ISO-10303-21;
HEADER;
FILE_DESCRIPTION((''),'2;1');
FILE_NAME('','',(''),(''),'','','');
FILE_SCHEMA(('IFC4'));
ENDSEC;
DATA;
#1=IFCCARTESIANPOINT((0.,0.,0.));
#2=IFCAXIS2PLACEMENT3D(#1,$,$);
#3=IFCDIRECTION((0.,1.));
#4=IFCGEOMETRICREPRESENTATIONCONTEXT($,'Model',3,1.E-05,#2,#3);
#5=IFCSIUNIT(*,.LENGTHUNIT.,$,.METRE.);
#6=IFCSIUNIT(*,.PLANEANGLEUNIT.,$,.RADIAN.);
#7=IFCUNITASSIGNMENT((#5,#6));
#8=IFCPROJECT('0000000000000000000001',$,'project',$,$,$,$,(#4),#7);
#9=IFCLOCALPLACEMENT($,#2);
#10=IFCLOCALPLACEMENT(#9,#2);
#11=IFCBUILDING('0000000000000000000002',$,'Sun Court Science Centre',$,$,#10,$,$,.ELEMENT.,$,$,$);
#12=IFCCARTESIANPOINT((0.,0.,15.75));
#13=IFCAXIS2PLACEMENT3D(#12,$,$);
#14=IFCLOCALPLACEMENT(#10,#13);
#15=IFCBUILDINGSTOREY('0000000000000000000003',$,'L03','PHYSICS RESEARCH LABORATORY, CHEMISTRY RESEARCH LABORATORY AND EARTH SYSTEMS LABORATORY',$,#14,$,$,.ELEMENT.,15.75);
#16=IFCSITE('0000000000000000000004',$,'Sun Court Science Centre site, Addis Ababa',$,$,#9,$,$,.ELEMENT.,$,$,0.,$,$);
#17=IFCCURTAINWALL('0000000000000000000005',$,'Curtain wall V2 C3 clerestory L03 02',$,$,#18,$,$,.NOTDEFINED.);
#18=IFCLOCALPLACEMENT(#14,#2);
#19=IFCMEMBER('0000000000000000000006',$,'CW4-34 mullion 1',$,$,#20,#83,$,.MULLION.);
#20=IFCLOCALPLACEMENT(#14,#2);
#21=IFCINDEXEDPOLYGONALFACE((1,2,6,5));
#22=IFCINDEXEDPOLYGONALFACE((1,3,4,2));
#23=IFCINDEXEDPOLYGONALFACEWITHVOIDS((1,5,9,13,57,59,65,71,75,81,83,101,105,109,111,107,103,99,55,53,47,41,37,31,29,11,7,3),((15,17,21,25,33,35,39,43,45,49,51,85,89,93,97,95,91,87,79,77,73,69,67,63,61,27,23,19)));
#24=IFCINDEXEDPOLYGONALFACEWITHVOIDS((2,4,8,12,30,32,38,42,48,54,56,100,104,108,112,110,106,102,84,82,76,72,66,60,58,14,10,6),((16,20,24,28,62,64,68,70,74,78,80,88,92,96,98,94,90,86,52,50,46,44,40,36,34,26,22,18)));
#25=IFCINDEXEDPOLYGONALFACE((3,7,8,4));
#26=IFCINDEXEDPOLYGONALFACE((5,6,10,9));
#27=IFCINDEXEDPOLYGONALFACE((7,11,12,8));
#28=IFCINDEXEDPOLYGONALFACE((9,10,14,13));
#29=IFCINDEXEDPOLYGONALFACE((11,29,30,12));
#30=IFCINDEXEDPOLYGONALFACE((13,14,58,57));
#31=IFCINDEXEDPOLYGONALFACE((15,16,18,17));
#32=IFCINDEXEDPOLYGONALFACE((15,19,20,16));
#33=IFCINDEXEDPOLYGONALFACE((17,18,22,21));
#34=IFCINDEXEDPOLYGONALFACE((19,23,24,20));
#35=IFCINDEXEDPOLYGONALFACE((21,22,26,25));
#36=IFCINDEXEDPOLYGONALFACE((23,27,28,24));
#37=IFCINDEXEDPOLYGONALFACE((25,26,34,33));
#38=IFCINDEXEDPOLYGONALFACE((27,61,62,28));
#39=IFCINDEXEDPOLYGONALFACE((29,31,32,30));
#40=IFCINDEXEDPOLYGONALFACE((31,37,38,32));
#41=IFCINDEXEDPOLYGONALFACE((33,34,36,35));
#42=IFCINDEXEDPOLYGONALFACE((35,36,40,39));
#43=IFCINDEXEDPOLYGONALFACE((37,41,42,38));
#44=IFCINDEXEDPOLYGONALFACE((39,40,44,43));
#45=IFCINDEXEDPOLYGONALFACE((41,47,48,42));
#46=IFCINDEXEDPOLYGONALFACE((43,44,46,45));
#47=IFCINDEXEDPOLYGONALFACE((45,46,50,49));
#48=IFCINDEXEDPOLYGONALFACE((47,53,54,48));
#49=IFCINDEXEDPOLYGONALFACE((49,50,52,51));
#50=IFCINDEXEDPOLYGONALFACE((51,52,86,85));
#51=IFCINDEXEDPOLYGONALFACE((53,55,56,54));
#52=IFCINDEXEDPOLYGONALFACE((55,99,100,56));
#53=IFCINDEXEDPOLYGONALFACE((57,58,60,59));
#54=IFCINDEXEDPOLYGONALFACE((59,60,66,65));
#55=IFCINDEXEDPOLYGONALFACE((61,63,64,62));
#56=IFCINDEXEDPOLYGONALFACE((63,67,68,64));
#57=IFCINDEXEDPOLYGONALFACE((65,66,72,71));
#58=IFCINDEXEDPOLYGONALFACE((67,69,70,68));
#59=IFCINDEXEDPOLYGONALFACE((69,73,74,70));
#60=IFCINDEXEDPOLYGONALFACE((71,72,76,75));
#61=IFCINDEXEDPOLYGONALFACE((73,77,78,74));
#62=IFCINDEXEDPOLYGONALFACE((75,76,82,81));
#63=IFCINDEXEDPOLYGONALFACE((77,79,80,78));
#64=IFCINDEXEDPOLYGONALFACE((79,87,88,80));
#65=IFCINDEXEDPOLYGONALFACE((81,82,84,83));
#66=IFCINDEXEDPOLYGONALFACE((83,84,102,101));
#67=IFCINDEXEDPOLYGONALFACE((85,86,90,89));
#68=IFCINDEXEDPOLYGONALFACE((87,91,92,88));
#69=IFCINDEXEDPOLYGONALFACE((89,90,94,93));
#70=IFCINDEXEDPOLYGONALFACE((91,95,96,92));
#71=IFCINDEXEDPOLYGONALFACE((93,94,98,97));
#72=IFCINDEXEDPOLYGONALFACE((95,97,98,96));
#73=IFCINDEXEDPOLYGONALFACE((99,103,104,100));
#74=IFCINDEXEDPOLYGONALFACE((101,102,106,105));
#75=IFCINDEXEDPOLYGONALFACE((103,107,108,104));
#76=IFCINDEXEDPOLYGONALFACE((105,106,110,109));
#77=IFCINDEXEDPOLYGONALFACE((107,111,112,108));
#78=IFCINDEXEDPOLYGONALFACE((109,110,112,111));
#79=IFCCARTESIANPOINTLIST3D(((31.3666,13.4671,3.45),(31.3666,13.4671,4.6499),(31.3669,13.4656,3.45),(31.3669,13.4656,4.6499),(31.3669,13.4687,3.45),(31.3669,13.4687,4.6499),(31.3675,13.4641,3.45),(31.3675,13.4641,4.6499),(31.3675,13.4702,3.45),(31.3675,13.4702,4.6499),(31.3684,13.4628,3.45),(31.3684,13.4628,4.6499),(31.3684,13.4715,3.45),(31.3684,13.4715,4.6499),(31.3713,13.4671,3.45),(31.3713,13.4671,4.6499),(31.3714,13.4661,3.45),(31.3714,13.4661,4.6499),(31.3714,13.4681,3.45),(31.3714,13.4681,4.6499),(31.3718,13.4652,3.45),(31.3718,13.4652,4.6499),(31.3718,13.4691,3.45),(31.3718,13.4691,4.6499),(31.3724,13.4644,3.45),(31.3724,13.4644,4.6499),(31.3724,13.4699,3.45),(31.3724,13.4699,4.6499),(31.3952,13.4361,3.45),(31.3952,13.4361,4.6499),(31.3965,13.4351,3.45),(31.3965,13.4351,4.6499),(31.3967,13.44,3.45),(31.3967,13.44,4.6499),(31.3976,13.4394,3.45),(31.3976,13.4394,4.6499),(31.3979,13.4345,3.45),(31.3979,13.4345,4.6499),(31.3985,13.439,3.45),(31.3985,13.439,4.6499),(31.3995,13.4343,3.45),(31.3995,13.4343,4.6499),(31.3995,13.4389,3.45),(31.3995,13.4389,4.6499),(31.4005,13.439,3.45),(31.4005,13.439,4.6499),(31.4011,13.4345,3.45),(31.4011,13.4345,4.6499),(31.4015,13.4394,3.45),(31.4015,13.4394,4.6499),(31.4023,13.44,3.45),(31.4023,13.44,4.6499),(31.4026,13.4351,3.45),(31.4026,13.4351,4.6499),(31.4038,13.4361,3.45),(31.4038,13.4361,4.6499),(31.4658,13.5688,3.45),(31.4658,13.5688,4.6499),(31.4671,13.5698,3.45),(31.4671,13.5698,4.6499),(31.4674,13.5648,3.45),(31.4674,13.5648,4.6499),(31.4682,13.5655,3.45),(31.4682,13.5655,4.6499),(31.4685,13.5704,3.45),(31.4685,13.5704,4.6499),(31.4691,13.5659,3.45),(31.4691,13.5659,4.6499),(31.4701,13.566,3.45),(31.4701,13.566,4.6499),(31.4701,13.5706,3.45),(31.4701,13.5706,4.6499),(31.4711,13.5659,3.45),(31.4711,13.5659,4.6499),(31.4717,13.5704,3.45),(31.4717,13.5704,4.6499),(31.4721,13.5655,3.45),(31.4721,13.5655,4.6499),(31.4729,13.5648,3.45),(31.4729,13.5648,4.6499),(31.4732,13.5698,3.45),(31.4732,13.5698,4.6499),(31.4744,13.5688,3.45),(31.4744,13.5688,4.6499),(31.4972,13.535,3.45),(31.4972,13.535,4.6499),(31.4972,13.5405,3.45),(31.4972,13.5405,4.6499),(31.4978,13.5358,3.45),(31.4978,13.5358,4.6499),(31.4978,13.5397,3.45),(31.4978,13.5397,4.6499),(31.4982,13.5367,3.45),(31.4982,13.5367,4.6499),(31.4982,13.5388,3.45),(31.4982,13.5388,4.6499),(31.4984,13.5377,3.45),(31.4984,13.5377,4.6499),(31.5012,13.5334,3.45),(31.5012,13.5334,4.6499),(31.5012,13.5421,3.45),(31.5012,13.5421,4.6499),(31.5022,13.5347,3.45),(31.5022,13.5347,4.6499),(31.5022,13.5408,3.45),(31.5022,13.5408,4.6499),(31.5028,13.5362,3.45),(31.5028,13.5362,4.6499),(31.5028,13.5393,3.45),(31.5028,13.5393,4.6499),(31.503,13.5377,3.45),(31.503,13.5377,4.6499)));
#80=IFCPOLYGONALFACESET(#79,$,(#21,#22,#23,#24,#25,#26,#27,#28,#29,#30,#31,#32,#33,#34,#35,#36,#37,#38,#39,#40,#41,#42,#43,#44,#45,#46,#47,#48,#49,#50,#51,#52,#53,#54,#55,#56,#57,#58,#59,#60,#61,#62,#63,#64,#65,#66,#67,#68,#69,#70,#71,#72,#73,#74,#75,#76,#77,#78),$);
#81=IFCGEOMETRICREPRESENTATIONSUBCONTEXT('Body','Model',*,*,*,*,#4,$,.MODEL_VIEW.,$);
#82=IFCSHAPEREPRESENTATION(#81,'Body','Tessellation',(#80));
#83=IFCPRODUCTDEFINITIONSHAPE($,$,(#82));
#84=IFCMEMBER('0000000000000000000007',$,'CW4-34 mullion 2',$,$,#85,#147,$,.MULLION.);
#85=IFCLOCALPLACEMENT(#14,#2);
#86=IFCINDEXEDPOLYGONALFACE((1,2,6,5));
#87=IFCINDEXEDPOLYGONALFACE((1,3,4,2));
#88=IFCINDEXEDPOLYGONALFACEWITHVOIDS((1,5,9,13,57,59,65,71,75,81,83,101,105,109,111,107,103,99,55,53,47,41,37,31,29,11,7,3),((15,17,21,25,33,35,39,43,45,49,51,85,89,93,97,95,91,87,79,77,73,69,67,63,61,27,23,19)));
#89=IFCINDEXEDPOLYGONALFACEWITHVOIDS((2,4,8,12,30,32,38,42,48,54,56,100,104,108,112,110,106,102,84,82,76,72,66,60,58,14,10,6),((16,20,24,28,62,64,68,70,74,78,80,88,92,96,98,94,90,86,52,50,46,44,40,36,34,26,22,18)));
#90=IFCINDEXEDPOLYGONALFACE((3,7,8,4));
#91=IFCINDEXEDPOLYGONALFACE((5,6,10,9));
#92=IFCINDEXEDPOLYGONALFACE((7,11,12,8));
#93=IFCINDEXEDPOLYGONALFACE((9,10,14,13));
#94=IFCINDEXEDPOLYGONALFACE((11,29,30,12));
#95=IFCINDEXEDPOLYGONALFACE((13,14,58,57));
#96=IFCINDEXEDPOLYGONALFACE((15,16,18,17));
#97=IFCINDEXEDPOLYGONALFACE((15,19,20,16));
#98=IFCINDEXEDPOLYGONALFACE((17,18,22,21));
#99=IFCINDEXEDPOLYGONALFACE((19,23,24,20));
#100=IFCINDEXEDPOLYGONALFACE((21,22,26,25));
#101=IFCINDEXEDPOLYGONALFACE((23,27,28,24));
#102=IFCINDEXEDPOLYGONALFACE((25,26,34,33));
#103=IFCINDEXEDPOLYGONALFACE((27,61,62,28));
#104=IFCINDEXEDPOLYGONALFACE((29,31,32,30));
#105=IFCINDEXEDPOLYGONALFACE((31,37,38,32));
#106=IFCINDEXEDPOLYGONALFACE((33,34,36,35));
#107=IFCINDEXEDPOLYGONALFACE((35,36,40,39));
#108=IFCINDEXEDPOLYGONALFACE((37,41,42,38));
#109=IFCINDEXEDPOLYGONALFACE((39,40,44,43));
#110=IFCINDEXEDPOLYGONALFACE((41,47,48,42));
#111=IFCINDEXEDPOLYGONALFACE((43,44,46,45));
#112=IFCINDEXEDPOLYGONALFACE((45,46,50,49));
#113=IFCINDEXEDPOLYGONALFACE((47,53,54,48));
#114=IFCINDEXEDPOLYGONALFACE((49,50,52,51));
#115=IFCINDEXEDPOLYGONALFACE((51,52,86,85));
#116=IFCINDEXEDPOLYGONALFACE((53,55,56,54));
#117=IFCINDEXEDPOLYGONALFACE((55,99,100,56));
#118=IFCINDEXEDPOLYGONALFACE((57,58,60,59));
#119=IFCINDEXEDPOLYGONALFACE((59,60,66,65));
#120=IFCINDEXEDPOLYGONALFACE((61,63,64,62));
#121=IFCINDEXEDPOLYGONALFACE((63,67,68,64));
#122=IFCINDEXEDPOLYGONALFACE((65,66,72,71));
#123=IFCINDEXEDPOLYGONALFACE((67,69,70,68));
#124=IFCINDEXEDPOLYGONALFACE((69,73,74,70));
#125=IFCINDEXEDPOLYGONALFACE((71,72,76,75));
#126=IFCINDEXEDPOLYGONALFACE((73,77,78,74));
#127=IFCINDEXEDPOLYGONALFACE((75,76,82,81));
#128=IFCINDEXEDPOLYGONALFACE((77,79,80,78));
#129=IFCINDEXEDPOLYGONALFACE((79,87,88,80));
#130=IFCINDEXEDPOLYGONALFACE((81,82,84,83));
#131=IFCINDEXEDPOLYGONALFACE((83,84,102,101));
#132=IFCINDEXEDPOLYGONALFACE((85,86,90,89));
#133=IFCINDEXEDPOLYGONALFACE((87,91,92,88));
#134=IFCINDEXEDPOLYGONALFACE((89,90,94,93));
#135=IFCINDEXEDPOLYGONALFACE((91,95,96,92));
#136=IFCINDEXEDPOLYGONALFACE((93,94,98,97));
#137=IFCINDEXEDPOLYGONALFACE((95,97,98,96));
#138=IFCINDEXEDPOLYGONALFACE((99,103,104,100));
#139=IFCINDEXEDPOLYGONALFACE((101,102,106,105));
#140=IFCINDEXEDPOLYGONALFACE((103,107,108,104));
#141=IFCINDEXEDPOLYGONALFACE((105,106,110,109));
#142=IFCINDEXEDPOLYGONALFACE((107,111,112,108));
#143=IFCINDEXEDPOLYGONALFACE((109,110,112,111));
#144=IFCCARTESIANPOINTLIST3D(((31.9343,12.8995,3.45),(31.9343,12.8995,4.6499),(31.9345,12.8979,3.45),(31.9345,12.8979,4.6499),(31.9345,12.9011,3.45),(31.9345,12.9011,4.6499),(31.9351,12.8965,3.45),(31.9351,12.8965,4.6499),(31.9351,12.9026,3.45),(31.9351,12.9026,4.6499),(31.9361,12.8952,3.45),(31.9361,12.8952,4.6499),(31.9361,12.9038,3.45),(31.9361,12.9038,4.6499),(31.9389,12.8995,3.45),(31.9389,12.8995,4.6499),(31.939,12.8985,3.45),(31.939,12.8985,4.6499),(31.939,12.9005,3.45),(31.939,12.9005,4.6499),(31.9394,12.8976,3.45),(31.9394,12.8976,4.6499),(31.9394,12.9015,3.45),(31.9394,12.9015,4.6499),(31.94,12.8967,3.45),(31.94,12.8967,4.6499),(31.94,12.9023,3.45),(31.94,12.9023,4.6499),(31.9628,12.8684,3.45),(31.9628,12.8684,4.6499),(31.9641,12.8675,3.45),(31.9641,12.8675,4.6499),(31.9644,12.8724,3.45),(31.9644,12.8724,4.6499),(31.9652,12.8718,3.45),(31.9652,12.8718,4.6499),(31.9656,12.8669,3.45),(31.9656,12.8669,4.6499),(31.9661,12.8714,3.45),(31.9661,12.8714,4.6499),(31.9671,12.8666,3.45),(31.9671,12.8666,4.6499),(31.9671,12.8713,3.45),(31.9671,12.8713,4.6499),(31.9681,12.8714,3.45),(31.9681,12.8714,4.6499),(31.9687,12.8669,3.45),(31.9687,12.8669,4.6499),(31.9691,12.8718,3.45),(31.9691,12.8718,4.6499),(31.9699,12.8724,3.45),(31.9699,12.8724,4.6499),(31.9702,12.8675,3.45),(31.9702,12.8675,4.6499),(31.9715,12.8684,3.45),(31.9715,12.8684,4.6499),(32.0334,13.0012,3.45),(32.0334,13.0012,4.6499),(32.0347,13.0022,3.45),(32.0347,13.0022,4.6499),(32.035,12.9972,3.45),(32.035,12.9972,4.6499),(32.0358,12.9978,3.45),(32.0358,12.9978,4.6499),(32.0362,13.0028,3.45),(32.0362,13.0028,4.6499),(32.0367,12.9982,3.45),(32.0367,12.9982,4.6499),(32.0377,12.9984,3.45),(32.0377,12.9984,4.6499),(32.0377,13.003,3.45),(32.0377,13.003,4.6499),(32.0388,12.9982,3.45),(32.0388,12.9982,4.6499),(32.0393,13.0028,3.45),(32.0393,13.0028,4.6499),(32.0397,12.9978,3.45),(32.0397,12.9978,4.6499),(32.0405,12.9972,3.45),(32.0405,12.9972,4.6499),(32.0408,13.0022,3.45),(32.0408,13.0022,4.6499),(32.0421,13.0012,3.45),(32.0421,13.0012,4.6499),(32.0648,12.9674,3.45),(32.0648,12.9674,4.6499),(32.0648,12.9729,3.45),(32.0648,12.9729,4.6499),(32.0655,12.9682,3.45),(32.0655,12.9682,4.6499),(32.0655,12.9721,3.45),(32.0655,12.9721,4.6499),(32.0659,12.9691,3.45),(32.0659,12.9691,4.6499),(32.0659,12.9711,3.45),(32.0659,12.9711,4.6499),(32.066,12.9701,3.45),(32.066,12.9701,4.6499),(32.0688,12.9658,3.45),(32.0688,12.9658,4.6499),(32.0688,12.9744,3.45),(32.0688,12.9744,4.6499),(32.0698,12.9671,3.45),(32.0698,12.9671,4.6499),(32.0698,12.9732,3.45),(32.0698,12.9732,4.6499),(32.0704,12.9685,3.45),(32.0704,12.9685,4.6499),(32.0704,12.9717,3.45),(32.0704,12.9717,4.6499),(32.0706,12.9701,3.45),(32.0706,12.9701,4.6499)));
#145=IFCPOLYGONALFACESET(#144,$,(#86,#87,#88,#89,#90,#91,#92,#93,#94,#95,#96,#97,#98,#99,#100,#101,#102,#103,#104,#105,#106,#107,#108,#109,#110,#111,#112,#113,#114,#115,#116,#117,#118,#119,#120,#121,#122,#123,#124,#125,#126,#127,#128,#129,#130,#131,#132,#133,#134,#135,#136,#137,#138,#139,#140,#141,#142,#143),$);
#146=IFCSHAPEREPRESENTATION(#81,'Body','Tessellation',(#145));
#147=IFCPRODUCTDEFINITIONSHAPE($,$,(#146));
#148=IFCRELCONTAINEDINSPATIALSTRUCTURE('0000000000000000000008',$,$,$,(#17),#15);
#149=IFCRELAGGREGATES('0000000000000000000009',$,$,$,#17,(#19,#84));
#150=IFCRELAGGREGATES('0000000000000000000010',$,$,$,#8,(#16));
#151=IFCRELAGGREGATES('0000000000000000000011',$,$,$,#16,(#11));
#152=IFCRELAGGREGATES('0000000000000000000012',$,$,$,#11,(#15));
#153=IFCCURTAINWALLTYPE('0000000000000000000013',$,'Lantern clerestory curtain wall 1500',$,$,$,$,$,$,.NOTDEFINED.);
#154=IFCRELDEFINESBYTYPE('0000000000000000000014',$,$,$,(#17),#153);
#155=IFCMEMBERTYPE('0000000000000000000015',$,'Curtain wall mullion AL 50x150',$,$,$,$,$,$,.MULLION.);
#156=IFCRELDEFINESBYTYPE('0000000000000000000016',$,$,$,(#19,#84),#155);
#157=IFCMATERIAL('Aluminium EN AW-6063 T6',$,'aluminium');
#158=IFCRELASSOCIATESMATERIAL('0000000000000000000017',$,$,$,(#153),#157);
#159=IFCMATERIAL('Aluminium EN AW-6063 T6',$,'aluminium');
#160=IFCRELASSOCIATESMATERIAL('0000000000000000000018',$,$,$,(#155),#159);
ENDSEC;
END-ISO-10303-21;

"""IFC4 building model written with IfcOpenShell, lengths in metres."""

from ifc_helpers import new_model, si_unit, direction, frame, origin, origin_2d, place, context, subcontext, project, spatial, hollow_rectangle, extrude, material, material_profile, profile_set, type_object, element, aggregate, save


model = new_model("IFC4")

# Units and contexts
model_context = context("Model", 3, precision=1e-05, world=origin(), true_north=direction((0.0, 1.0)))
body_context = subcontext(model_context, "Body", "Model", "MODEL_VIEW")
ifc_project = project(units=[si_unit("LENGTHUNIT", "METRE"), si_unit("PLANEANGLEUNIT", "RADIAN")], contexts=[model_context])

# Site, building, storey
site_placement = place(None, origin())
site = spatial("IfcSite", under=ifc_project, at=site_placement, Name="Sun Court Science Centre site, Addis Ababa", CompositionType="ELEMENT", RefElevation=0.0)
building_placement = place(site_placement, origin())
building = spatial("IfcBuilding", under=site, at=building_placement, Name="Sun Court Science Centre", CompositionType="ELEMENT")
storey_placement = place(building_placement, frame((0.0, 0.0, 15.75)))
storey = spatial("IfcBuildingStorey", under=building, at=storey_placement, Name="L03", Description="PHYSICS RESEARCH LABORATORY, CHEMISTRY RESEARCH LABORATORY AND EARTH SYSTEMS LABORATORY", CompositionType="ELEMENT", Elevation=15.75)

# Curtain wall, members
ifc_material_1 = material(Name="Aluminium EN AW-6063 T6", Category="aluminium")
curtain_wall_type = type_object("IfcCurtainWallType", Name="Lantern clerestory curtain wall 1500", PredefinedType="NOTDEFINED", material=ifc_material_1)
curtain_wall_1_placement = place(storey_placement, origin())
curtain_wall_1 = element("IfcCurtainWall", 1, at=curtain_wall_1_placement, inside=storey, type_object=curtain_wall_type, Name="Curtain wall V2 C3 clerestory L03 02", PredefinedType="NOTDEFINED")
ifc_material_2 = material(Name="Aluminium EN AW-6063 T6", Category="aluminium")
ifc_material_profile_1 = material_profile(ifc_material_2, hollow_rectangle(XDim=0.05, YDim=0.1499, WallThickness=0.0039, InnerFilletRadius=0.0039, OuterFilletRadius=0.0061, at=origin_2d()), Name="AL 50x150x4")
ifc_profile_set_1 = profile_set([ifc_material_profile_1], Name="Aluminium EN AW-6063 T6")
member_type_1 = type_object("IfcMemberType", Name="Curtain wall mullion AL 50x150", PredefinedType="MULLION", material=ifc_profile_set_1)
member_1_placement = place(storey_placement, frame((31.4348, 13.5024, 3.45), z_axis=(0.0, 0.0, 1.0), x_axis=(0.707107, -0.707107, 0.0)))
member_1 = element("IfcMember", 2, at=member_1_placement, type_object=member_type_1, Name="CW4-34 mullion 1", PredefinedType="MULLION", context=body_context, shape_type="SweptSolid", body=[
    extrude(hollow_rectangle(XDim=0.05, YDim=0.1499, WallThickness=0.0039, InnerFilletRadius=0.0039, OuterFilletRadius=0.0061, at=origin_2d()), origin(), (0.0, 0.0, 1.0), 1.2),
])
member_2_placement = place(storey_placement, frame((32.0024, 12.9348, 3.45), z_axis=(0.0, 0.0, 1.0), x_axis=(0.707107, -0.707107, 0.0)))
member_2 = element("IfcMember", 3, at=member_2_placement, type_object=member_type_1, Name="CW4-34 mullion 2", PredefinedType="MULLION", context=body_context, shape_type="SweptSolid", body=[
    extrude(hollow_rectangle(XDim=0.05, YDim=0.1499, WallThickness=0.0039, InnerFilletRadius=0.0039, OuterFilletRadius=0.0061, at=origin_2d()), origin(), (0.0, 0.0, 1.0), 1.2),
])
aggregate(curtain_wall_1, [member_1, member_2])

save(model, "model.ifc")
